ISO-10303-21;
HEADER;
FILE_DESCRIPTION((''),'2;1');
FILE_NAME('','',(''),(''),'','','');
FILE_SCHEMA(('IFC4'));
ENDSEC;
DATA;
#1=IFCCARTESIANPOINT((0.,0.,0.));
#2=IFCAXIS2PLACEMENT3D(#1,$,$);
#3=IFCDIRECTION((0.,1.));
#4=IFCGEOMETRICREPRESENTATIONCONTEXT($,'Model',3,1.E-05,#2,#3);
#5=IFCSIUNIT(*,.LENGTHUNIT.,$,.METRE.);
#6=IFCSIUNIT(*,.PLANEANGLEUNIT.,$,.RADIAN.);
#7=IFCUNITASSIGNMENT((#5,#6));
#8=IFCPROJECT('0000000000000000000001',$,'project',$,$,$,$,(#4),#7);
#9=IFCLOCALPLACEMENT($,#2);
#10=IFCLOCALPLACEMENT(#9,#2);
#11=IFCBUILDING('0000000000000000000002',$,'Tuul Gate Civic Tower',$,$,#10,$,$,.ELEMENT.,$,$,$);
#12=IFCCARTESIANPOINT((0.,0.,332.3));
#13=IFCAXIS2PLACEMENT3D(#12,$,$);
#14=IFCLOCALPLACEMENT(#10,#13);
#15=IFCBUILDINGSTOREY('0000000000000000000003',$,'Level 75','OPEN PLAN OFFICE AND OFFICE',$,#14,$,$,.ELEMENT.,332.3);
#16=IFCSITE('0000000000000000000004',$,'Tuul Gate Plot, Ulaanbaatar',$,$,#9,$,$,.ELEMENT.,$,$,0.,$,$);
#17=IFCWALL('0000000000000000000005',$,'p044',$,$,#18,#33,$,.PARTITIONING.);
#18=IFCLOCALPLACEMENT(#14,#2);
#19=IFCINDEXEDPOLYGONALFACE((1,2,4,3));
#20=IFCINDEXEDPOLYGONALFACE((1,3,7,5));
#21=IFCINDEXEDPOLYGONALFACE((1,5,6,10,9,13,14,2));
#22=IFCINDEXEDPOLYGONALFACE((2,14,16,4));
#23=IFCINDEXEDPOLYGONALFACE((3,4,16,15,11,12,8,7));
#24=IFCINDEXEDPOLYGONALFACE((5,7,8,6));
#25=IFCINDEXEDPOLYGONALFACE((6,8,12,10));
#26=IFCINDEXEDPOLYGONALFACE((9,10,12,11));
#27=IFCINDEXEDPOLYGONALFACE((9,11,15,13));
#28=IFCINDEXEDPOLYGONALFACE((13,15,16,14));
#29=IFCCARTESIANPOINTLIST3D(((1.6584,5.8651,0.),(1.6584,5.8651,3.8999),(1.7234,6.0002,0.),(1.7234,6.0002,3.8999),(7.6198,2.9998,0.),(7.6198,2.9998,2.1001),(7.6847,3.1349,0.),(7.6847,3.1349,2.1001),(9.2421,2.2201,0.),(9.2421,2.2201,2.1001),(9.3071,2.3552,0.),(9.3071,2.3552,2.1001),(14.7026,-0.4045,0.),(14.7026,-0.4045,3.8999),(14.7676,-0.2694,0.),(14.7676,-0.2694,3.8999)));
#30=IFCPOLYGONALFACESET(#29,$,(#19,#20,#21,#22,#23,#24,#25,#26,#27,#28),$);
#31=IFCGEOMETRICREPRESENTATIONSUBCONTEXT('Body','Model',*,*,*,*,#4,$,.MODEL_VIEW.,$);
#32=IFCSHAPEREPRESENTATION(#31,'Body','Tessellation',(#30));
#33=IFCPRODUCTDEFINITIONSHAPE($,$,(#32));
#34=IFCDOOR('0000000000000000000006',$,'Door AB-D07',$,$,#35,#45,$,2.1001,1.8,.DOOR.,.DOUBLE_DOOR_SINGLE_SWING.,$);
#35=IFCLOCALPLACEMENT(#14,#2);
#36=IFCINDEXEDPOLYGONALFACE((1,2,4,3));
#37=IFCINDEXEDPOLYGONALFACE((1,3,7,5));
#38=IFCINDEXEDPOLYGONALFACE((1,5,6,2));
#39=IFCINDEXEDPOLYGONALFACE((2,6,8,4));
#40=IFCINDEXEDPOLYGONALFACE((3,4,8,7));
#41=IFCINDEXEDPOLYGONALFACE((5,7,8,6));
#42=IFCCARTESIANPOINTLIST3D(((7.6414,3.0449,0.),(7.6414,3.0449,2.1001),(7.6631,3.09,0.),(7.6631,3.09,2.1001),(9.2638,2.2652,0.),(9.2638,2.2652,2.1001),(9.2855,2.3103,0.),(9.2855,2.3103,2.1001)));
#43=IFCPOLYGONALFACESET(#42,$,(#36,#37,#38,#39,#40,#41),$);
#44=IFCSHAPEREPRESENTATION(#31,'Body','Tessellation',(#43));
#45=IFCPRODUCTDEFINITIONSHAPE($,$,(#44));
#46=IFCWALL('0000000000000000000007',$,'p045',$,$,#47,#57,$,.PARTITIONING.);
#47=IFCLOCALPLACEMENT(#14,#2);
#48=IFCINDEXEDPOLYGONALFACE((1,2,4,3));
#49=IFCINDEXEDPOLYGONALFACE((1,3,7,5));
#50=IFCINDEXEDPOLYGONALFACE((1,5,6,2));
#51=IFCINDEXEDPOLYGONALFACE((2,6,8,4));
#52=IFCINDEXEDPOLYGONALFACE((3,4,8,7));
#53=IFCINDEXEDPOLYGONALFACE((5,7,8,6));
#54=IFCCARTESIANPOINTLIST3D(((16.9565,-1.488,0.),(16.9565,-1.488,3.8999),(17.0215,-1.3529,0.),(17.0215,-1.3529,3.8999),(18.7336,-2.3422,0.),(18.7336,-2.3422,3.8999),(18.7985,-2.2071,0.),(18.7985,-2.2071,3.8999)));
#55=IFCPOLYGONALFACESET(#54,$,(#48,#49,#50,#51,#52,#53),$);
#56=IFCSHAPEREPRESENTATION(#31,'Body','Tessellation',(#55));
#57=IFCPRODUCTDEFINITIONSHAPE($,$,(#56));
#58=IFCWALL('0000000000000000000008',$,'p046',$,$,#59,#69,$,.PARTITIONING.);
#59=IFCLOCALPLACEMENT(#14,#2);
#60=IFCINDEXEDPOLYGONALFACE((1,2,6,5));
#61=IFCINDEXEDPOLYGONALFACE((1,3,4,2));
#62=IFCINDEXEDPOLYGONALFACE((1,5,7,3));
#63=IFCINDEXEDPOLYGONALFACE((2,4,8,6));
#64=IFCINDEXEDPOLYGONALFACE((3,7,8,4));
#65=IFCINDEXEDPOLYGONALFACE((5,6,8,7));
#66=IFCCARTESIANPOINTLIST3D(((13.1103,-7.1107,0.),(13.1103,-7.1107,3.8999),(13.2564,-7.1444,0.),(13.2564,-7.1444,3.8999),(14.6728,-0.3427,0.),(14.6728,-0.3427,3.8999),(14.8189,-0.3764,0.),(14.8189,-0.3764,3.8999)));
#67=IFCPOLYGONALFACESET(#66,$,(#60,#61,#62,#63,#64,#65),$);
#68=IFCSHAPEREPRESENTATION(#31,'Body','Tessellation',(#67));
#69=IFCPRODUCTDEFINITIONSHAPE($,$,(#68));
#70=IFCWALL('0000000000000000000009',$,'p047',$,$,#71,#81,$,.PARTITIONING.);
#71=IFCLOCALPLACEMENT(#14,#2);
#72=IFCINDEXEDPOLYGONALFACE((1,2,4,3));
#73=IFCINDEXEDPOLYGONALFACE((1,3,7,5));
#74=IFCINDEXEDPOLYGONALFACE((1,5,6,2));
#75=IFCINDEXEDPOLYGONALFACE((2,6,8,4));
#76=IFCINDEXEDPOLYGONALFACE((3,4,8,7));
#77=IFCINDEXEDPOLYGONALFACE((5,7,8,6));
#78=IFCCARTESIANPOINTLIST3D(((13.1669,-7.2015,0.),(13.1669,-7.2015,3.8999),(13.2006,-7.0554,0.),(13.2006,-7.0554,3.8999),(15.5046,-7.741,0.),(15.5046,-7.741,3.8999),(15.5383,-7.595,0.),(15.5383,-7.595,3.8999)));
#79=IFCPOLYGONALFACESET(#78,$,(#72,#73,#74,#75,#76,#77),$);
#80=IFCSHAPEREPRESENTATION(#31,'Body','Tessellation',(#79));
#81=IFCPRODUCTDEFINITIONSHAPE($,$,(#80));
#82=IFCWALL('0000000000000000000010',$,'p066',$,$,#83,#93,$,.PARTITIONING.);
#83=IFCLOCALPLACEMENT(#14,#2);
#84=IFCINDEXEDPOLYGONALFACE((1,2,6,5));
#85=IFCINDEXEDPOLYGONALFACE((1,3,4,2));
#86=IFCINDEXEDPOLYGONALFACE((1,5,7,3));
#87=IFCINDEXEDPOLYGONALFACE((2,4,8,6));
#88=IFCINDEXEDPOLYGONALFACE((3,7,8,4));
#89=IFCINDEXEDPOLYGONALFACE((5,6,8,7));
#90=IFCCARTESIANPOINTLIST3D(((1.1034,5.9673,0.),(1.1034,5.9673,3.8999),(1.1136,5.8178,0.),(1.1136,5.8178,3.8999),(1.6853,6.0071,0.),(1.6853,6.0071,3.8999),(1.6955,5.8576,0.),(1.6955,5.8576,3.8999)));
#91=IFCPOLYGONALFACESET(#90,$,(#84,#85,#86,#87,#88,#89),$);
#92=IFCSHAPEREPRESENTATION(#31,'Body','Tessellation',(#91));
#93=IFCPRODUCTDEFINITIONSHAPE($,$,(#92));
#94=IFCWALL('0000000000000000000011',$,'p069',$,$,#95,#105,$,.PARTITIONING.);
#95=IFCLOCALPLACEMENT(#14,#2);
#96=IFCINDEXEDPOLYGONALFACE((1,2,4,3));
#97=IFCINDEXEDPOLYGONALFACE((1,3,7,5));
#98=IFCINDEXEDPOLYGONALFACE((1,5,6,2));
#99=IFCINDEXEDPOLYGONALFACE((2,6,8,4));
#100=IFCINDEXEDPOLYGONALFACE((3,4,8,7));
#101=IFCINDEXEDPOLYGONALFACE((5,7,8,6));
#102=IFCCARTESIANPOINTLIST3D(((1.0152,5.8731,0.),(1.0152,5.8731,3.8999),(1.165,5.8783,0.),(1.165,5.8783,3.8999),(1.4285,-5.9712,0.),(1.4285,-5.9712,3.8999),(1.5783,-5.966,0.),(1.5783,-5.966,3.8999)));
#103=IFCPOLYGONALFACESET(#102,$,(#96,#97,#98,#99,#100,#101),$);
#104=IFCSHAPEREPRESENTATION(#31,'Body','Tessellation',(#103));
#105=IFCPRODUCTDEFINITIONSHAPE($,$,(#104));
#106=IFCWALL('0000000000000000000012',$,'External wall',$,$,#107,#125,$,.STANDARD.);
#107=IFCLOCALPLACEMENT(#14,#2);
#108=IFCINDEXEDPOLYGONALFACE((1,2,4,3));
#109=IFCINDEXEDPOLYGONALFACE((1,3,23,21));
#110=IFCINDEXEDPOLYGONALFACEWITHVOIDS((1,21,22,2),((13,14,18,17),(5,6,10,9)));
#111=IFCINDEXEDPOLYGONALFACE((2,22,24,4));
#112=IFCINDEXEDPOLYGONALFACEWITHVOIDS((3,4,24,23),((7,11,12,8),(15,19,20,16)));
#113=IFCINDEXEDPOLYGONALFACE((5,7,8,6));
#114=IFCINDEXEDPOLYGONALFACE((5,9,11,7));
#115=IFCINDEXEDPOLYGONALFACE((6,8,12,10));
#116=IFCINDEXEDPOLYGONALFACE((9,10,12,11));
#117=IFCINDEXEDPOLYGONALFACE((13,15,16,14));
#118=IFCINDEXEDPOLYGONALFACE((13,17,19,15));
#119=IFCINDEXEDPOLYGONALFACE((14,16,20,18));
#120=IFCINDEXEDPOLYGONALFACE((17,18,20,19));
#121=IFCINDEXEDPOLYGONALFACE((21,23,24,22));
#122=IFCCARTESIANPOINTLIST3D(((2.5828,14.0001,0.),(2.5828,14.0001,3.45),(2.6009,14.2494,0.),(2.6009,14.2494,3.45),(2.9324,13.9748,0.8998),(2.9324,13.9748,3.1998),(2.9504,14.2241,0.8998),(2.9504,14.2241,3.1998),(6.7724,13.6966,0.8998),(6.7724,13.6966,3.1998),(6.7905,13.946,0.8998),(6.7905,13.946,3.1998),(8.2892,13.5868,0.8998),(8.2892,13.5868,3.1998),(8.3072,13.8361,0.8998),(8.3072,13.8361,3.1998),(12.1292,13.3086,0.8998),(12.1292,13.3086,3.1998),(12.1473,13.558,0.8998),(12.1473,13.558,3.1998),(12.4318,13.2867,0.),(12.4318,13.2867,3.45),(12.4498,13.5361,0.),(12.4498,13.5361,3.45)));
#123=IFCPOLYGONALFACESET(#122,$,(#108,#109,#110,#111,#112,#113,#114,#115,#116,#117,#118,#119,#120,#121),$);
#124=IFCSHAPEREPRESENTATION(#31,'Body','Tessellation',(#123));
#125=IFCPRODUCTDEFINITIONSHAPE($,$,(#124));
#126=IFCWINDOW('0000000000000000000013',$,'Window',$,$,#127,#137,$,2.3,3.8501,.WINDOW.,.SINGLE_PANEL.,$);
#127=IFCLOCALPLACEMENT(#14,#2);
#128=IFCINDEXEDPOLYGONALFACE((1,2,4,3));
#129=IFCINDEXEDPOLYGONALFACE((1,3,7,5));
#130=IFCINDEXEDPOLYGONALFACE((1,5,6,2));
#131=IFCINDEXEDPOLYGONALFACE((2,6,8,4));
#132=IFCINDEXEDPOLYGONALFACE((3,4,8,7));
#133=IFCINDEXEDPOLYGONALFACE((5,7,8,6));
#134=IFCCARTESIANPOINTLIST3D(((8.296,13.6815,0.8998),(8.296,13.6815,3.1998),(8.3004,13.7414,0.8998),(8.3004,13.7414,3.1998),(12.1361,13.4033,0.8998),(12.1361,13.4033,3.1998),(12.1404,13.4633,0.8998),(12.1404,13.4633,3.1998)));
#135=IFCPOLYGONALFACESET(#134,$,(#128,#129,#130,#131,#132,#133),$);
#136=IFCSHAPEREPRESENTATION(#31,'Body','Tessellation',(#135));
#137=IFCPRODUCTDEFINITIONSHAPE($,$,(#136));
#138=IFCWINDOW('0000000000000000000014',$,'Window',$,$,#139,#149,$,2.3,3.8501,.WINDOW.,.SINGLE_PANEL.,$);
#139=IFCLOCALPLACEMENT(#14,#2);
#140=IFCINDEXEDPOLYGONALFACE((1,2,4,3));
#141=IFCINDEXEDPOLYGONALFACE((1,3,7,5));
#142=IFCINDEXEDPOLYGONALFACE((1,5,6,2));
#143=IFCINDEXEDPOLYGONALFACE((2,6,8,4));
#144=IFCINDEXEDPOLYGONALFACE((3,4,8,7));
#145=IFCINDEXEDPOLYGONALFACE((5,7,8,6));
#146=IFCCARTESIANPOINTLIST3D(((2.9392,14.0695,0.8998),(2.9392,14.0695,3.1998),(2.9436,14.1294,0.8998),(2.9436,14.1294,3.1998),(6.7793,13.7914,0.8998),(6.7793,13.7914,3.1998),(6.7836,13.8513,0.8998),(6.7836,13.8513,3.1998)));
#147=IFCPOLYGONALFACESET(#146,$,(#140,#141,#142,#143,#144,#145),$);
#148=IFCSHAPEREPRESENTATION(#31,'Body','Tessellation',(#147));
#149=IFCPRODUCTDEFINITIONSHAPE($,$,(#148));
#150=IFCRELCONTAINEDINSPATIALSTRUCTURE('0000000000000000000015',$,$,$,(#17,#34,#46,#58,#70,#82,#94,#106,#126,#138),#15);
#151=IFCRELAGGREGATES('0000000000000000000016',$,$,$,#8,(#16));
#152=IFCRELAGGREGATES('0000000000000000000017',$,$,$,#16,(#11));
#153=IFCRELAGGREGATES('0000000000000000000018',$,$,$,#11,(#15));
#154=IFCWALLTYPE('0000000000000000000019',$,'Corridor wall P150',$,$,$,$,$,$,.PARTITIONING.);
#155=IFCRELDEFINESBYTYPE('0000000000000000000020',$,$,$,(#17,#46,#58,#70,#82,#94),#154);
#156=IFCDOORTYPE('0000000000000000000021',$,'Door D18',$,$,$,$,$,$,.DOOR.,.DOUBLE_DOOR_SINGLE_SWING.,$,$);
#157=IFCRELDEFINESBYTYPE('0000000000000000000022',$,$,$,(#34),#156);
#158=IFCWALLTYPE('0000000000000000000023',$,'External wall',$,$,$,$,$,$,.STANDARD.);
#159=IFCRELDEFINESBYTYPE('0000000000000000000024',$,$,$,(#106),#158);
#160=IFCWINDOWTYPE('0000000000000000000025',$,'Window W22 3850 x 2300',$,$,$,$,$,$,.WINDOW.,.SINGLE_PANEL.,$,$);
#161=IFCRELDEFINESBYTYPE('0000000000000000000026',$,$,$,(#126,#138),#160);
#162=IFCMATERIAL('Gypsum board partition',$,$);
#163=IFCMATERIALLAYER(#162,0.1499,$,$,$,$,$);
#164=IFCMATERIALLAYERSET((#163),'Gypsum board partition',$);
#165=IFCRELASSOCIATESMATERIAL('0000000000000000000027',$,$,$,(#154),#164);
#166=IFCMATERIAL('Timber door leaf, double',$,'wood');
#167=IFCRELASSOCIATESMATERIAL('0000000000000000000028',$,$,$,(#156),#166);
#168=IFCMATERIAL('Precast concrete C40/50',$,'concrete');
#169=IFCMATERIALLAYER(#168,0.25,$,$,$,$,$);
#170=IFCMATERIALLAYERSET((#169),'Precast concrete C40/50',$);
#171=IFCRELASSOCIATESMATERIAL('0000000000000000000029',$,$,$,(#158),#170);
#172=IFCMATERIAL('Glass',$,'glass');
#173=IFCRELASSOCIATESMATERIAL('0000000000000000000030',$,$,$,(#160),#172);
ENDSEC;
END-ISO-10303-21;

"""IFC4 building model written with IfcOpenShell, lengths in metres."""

from ifc_helpers import new_model, si_unit, direction, frame, frame_2d, origin, place, context, subcontext, project, spatial, rectangle, extrude, material, layer, layer_set, type_object, element, fill, save


model = new_model("IFC4")

# Units and contexts
model_context = context("Model", 3, precision=1e-05, world=origin(), true_north=direction((0.0, 1.0)))
body_context = subcontext(model_context, "Body", "Model", "MODEL_VIEW")
ifc_project = project(units=[si_unit("LENGTHUNIT", "METRE"), si_unit("PLANEANGLEUNIT", "RADIAN")], contexts=[model_context])

# Site, building, storey
site_placement = place(None, origin())
site = spatial("IfcSite", under=ifc_project, at=site_placement, Name="Tuul Gate Plot, Ulaanbaatar", CompositionType="ELEMENT", RefElevation=0.0)
building_placement = place(site_placement, origin())
building = spatial("IfcBuilding", under=site, at=building_placement, Name="Tuul Gate Civic Tower", CompositionType="ELEMENT")
storey_placement = place(building_placement, frame((0.0, 0.0, 332.3)))
storey = spatial("IfcBuildingStorey", under=building, at=storey_placement, Name="Level 75", Description="OPEN PLAN OFFICE AND OFFICE", CompositionType="ELEMENT", Elevation=332.3)

# Shared definitions
ifc_material_1 = material(Name="Gypsum board partition")
ifc_layer_1 = layer(ifc_material_1, 0.1499)
ifc_layer_set_1 = layer_set([ifc_layer_1], Name="Gypsum board partition")
wall_type_1 = type_object("IfcWallType", Name="Corridor wall P150", PredefinedType="PARTITIONING", material=ifc_layer_set_1)

# Wall, opening, door
wall_1_placement = place(storey_placement, frame((1.6909, 5.9326, 0.0), z_axis=(0.0, 0.0, 1.0), x_axis=(0.901299, -0.433198, 0.0)))
wall_1 = element("IfcWall", 1, at=wall_1_placement, inside=storey, type_object=wall_type_1, Name="p044", PredefinedType="PARTITIONING", context=body_context, shape_type="SweptSolid", body=[
    extrude(rectangle(XDim=14.4727, YDim=0.1499, at=frame_2d((7.2363, 0.0))), origin(), (0.0, 0.0, 1.0), 3.8999),
])
opening_1_placement = place(wall_1_placement, frame((6.6143, 0.0, 0.0)))
opening_1 = element("IfcOpeningElement", 2, at=opening_1_placement, cuts=wall_1, PredefinedType="OPENING", context=body_context, shape_type="SweptSolid", body=[
    extrude(rectangle(XDim=1.8, YDim=2.1001, at=frame_2d((0.8999, 1.05))), frame((0.0, 0.085, 0.0), z_axis=(0.0, -1.0, 0.0), x_axis=(1.0, 0.0, 0.0)), (0.0, 0.0, 1.0), 0.1699),
])
ifc_material_2 = material(Name="Timber door leaf, double", Category="wood")
door_type = type_object("IfcDoorType", Name="Door D18", OperationType="DOUBLE_DOOR_SINGLE_SWING", PredefinedType="DOOR", material=ifc_material_2)
door_placement = place(opening_1_placement, frame((1.8, 0.0, 0.0), z_axis=(0.0, 0.0, 1.0), x_axis=(-1.0, 0.0, 0.0)))
door = element("IfcDoor", 3, at=door_placement, inside=storey, type_object=door_type, Name="Door AB-D07", OperationType="DOUBLE_DOOR_SINGLE_SWING", OverallHeight=2.1001, OverallWidth=1.8, PredefinedType="DOOR", context=body_context, shape_type="SweptSolid", body=[
    extrude(rectangle(XDim=1.8, YDim=2.1001, at=frame_2d((0.9001, 1.05))), frame((0.0, 0.0249, 0.0), z_axis=(0.0, -1.0, 0.0), x_axis=(1.0, 0.0, 0.0)), (0.0, 0.0, 1.0), 0.05),
])
fill(opening_1, door)

# Walls
wall_2_placement = place(storey_placement, frame((16.989, -1.4204, 0.0), z_axis=(0.0, 0.0, 1.0), x_axis=(0.901278, -0.433242, 0.0)))
element("IfcWall", 4, at=wall_2_placement, inside=storey, type_object=wall_type_1, Name="p045", PredefinedType="PARTITIONING", context=body_context, shape_type="SweptSolid", body=[
    extrude(rectangle(XDim=1.9717, YDim=0.1499, at=frame_2d((0.9858, 0.0))), origin(), (0.0, 0.0, 1.0), 3.8999),
])
wall_3_placement = place(storey_placement, frame((13.1833, -7.1277, 0.0), z_axis=(0.0, 0.0, 1.0), x_axis=(0.224947, 0.974371, 0.0)))
element("IfcWall", 5, at=wall_3_placement, inside=storey, type_object=wall_type_1, Name="p046", PredefinedType="PARTITIONING", context=body_context, shape_type="SweptSolid", body=[
    extrude(rectangle(XDim=6.946, YDim=0.1499, at=frame_2d((3.4731, 0.0))), origin(), (0.0, 0.0, 1.0), 3.8999),
])
wall_4_placement = place(storey_placement, frame((13.1836, -7.1284, 0.0), z_axis=(0.0, 0.0, 1.0), x_axis=(0.974383, -0.224897, 0.0)))
element("IfcWall", 6, at=wall_4_placement, inside=storey, type_object=wall_type_1, Name="p047", PredefinedType="PARTITIONING", context=body_context, shape_type="SweptSolid", body=[
    extrude(rectangle(XDim=2.3992, YDim=0.1499, at=frame_2d((1.1997, 0.0))), origin(), (0.0, 0.0, 1.0), 3.8999),
])
wall_5_placement = place(storey_placement, frame((1.1086, 5.8926, 0.0), z_axis=(0.0, 0.0, 1.0), x_axis=(0.997669, 0.068242, 0.0)))
element("IfcWall", 7, at=wall_5_placement, inside=storey, type_object=wall_type_1, Name="p066", PredefinedType="PARTITIONING", context=body_context, shape_type="SweptSolid", body=[
    extrude(rectangle(XDim=0.5833, YDim=0.1499, at=frame_2d((0.2915, 0.0))), origin(), (0.0, 0.0, 1.0), 3.8999),
])
wall_6_placement = place(storey_placement, frame((1.0901, 5.8757, 0.0), z_axis=(0.0, 0.0, 1.0), x_axis=(0.034876, -0.999392, 0.0)))
element("IfcWall", 8, at=wall_6_placement, inside=storey, type_object=wall_type_1, Name="p069", PredefinedType="PARTITIONING", context=body_context, shape_type="SweptSolid", body=[
    extrude(rectangle(XDim=11.8516, YDim=0.1499, at=frame_2d((5.9258, 0.0))), origin(), (0.0, 0.0, 1.0), 3.8999),
])

# Wall, openings, windows
ifc_material_3 = material(Name="Precast concrete C40/50", Category="concrete")
ifc_layer_2 = layer(ifc_material_3, 0.25)
ifc_layer_set_2 = layer_set([ifc_layer_2], Name="Precast concrete C40/50")
wall_type_2 = type_object("IfcWallType", Name="External wall", PredefinedType="STANDARD", material=ifc_layer_set_2)
wall_7_placement = place(storey_placement, frame((12.4409, 13.4114, 0.0), z_axis=(0.0, 0.0, 1.0), x_axis=(-0.997387, 0.072243, 0.0)))
wall_7 = element("IfcWall", 9, at=wall_7_placement, inside=storey, type_object=wall_type_2, Name="External wall", PredefinedType="STANDARD", context=body_context, shape_type="SweptSolid", body=[
    extrude(rectangle(XDim=9.8748, YDim=0.25, at=frame_2d((4.9375, 0.0))), origin(), (0.0, 0.0, 1.0), 3.45),
])
opening_2_placement = place(wall_7_placement, frame((0.3035, 0.0, 0.8999)))
opening_2 = element("IfcOpeningElement", 10, at=opening_2_placement, cuts=wall_7, PredefinedType="OPENING", context=body_context, shape_type="SweptSolid", body=[
    extrude(rectangle(XDim=3.8501, YDim=2.3, at=frame_2d((1.925, 1.1499))), frame((0.0, 0.135, 0.0), z_axis=(0.0, -1.0, 0.0), x_axis=(1.0, 0.0, 0.0)), (0.0, 0.0, 1.0), 0.27),
])
opening_3_placement = place(wall_7_placement, frame((5.6743, 0.0, 0.8999)))
opening_3 = element("IfcOpeningElement", 11, at=opening_3_placement, cuts=wall_7, PredefinedType="OPENING", context=body_context, shape_type="SweptSolid", body=[
    extrude(rectangle(XDim=3.8501, YDim=2.3, at=frame_2d((1.925, 1.1499))), frame((0.0, 0.135, 0.0), z_axis=(0.0, -1.0, 0.0), x_axis=(1.0, 0.0, 0.0)), (0.0, 0.0, 1.0), 0.27),
])
ifc_material_4 = material(Name="Glass", Category="glass")
window_type = type_object("IfcWindowType", Name="Window W22 3850 x 2300", PartitioningType="SINGLE_PANEL", PredefinedType="WINDOW", material=ifc_material_4)
window_1_placement = place(opening_2_placement, origin())
window_1 = element("IfcWindow", 12, at=window_1_placement, inside=storey, type_object=window_type, Name="Window", OverallHeight=2.3, OverallWidth=3.8501, PartitioningType="SINGLE_PANEL", PredefinedType="WINDOW", context=body_context, shape_type="SweptSolid", body=[
    extrude(rectangle(XDim=3.8501, YDim=2.3, at=frame_2d((1.925, 1.1499))), frame((0.0, 0.03, 0.0), z_axis=(0.0, -1.0, 0.0), x_axis=(1.0, 0.0, 0.0)), (0.0, 0.0, 1.0), 0.0601),
])
fill(opening_2, window_1)
window_2_placement = place(opening_3_placement, origin())
window_2 = element("IfcWindow", 13, at=window_2_placement, inside=storey, type_object=window_type, Name="Window", OverallHeight=2.3, OverallWidth=3.8501, PartitioningType="SINGLE_PANEL", PredefinedType="WINDOW", context=body_context, shape_type="SweptSolid", body=[
    extrude(rectangle(XDim=3.8501, YDim=2.3, at=frame_2d((1.925, 1.1499))), frame((0.0, 0.03, 0.0), z_axis=(0.0, -1.0, 0.0), x_axis=(1.0, 0.0, 0.0)), (0.0, 0.0, 1.0), 0.0601),
])
fill(opening_3, window_2)

save(model, "model.ifc")
